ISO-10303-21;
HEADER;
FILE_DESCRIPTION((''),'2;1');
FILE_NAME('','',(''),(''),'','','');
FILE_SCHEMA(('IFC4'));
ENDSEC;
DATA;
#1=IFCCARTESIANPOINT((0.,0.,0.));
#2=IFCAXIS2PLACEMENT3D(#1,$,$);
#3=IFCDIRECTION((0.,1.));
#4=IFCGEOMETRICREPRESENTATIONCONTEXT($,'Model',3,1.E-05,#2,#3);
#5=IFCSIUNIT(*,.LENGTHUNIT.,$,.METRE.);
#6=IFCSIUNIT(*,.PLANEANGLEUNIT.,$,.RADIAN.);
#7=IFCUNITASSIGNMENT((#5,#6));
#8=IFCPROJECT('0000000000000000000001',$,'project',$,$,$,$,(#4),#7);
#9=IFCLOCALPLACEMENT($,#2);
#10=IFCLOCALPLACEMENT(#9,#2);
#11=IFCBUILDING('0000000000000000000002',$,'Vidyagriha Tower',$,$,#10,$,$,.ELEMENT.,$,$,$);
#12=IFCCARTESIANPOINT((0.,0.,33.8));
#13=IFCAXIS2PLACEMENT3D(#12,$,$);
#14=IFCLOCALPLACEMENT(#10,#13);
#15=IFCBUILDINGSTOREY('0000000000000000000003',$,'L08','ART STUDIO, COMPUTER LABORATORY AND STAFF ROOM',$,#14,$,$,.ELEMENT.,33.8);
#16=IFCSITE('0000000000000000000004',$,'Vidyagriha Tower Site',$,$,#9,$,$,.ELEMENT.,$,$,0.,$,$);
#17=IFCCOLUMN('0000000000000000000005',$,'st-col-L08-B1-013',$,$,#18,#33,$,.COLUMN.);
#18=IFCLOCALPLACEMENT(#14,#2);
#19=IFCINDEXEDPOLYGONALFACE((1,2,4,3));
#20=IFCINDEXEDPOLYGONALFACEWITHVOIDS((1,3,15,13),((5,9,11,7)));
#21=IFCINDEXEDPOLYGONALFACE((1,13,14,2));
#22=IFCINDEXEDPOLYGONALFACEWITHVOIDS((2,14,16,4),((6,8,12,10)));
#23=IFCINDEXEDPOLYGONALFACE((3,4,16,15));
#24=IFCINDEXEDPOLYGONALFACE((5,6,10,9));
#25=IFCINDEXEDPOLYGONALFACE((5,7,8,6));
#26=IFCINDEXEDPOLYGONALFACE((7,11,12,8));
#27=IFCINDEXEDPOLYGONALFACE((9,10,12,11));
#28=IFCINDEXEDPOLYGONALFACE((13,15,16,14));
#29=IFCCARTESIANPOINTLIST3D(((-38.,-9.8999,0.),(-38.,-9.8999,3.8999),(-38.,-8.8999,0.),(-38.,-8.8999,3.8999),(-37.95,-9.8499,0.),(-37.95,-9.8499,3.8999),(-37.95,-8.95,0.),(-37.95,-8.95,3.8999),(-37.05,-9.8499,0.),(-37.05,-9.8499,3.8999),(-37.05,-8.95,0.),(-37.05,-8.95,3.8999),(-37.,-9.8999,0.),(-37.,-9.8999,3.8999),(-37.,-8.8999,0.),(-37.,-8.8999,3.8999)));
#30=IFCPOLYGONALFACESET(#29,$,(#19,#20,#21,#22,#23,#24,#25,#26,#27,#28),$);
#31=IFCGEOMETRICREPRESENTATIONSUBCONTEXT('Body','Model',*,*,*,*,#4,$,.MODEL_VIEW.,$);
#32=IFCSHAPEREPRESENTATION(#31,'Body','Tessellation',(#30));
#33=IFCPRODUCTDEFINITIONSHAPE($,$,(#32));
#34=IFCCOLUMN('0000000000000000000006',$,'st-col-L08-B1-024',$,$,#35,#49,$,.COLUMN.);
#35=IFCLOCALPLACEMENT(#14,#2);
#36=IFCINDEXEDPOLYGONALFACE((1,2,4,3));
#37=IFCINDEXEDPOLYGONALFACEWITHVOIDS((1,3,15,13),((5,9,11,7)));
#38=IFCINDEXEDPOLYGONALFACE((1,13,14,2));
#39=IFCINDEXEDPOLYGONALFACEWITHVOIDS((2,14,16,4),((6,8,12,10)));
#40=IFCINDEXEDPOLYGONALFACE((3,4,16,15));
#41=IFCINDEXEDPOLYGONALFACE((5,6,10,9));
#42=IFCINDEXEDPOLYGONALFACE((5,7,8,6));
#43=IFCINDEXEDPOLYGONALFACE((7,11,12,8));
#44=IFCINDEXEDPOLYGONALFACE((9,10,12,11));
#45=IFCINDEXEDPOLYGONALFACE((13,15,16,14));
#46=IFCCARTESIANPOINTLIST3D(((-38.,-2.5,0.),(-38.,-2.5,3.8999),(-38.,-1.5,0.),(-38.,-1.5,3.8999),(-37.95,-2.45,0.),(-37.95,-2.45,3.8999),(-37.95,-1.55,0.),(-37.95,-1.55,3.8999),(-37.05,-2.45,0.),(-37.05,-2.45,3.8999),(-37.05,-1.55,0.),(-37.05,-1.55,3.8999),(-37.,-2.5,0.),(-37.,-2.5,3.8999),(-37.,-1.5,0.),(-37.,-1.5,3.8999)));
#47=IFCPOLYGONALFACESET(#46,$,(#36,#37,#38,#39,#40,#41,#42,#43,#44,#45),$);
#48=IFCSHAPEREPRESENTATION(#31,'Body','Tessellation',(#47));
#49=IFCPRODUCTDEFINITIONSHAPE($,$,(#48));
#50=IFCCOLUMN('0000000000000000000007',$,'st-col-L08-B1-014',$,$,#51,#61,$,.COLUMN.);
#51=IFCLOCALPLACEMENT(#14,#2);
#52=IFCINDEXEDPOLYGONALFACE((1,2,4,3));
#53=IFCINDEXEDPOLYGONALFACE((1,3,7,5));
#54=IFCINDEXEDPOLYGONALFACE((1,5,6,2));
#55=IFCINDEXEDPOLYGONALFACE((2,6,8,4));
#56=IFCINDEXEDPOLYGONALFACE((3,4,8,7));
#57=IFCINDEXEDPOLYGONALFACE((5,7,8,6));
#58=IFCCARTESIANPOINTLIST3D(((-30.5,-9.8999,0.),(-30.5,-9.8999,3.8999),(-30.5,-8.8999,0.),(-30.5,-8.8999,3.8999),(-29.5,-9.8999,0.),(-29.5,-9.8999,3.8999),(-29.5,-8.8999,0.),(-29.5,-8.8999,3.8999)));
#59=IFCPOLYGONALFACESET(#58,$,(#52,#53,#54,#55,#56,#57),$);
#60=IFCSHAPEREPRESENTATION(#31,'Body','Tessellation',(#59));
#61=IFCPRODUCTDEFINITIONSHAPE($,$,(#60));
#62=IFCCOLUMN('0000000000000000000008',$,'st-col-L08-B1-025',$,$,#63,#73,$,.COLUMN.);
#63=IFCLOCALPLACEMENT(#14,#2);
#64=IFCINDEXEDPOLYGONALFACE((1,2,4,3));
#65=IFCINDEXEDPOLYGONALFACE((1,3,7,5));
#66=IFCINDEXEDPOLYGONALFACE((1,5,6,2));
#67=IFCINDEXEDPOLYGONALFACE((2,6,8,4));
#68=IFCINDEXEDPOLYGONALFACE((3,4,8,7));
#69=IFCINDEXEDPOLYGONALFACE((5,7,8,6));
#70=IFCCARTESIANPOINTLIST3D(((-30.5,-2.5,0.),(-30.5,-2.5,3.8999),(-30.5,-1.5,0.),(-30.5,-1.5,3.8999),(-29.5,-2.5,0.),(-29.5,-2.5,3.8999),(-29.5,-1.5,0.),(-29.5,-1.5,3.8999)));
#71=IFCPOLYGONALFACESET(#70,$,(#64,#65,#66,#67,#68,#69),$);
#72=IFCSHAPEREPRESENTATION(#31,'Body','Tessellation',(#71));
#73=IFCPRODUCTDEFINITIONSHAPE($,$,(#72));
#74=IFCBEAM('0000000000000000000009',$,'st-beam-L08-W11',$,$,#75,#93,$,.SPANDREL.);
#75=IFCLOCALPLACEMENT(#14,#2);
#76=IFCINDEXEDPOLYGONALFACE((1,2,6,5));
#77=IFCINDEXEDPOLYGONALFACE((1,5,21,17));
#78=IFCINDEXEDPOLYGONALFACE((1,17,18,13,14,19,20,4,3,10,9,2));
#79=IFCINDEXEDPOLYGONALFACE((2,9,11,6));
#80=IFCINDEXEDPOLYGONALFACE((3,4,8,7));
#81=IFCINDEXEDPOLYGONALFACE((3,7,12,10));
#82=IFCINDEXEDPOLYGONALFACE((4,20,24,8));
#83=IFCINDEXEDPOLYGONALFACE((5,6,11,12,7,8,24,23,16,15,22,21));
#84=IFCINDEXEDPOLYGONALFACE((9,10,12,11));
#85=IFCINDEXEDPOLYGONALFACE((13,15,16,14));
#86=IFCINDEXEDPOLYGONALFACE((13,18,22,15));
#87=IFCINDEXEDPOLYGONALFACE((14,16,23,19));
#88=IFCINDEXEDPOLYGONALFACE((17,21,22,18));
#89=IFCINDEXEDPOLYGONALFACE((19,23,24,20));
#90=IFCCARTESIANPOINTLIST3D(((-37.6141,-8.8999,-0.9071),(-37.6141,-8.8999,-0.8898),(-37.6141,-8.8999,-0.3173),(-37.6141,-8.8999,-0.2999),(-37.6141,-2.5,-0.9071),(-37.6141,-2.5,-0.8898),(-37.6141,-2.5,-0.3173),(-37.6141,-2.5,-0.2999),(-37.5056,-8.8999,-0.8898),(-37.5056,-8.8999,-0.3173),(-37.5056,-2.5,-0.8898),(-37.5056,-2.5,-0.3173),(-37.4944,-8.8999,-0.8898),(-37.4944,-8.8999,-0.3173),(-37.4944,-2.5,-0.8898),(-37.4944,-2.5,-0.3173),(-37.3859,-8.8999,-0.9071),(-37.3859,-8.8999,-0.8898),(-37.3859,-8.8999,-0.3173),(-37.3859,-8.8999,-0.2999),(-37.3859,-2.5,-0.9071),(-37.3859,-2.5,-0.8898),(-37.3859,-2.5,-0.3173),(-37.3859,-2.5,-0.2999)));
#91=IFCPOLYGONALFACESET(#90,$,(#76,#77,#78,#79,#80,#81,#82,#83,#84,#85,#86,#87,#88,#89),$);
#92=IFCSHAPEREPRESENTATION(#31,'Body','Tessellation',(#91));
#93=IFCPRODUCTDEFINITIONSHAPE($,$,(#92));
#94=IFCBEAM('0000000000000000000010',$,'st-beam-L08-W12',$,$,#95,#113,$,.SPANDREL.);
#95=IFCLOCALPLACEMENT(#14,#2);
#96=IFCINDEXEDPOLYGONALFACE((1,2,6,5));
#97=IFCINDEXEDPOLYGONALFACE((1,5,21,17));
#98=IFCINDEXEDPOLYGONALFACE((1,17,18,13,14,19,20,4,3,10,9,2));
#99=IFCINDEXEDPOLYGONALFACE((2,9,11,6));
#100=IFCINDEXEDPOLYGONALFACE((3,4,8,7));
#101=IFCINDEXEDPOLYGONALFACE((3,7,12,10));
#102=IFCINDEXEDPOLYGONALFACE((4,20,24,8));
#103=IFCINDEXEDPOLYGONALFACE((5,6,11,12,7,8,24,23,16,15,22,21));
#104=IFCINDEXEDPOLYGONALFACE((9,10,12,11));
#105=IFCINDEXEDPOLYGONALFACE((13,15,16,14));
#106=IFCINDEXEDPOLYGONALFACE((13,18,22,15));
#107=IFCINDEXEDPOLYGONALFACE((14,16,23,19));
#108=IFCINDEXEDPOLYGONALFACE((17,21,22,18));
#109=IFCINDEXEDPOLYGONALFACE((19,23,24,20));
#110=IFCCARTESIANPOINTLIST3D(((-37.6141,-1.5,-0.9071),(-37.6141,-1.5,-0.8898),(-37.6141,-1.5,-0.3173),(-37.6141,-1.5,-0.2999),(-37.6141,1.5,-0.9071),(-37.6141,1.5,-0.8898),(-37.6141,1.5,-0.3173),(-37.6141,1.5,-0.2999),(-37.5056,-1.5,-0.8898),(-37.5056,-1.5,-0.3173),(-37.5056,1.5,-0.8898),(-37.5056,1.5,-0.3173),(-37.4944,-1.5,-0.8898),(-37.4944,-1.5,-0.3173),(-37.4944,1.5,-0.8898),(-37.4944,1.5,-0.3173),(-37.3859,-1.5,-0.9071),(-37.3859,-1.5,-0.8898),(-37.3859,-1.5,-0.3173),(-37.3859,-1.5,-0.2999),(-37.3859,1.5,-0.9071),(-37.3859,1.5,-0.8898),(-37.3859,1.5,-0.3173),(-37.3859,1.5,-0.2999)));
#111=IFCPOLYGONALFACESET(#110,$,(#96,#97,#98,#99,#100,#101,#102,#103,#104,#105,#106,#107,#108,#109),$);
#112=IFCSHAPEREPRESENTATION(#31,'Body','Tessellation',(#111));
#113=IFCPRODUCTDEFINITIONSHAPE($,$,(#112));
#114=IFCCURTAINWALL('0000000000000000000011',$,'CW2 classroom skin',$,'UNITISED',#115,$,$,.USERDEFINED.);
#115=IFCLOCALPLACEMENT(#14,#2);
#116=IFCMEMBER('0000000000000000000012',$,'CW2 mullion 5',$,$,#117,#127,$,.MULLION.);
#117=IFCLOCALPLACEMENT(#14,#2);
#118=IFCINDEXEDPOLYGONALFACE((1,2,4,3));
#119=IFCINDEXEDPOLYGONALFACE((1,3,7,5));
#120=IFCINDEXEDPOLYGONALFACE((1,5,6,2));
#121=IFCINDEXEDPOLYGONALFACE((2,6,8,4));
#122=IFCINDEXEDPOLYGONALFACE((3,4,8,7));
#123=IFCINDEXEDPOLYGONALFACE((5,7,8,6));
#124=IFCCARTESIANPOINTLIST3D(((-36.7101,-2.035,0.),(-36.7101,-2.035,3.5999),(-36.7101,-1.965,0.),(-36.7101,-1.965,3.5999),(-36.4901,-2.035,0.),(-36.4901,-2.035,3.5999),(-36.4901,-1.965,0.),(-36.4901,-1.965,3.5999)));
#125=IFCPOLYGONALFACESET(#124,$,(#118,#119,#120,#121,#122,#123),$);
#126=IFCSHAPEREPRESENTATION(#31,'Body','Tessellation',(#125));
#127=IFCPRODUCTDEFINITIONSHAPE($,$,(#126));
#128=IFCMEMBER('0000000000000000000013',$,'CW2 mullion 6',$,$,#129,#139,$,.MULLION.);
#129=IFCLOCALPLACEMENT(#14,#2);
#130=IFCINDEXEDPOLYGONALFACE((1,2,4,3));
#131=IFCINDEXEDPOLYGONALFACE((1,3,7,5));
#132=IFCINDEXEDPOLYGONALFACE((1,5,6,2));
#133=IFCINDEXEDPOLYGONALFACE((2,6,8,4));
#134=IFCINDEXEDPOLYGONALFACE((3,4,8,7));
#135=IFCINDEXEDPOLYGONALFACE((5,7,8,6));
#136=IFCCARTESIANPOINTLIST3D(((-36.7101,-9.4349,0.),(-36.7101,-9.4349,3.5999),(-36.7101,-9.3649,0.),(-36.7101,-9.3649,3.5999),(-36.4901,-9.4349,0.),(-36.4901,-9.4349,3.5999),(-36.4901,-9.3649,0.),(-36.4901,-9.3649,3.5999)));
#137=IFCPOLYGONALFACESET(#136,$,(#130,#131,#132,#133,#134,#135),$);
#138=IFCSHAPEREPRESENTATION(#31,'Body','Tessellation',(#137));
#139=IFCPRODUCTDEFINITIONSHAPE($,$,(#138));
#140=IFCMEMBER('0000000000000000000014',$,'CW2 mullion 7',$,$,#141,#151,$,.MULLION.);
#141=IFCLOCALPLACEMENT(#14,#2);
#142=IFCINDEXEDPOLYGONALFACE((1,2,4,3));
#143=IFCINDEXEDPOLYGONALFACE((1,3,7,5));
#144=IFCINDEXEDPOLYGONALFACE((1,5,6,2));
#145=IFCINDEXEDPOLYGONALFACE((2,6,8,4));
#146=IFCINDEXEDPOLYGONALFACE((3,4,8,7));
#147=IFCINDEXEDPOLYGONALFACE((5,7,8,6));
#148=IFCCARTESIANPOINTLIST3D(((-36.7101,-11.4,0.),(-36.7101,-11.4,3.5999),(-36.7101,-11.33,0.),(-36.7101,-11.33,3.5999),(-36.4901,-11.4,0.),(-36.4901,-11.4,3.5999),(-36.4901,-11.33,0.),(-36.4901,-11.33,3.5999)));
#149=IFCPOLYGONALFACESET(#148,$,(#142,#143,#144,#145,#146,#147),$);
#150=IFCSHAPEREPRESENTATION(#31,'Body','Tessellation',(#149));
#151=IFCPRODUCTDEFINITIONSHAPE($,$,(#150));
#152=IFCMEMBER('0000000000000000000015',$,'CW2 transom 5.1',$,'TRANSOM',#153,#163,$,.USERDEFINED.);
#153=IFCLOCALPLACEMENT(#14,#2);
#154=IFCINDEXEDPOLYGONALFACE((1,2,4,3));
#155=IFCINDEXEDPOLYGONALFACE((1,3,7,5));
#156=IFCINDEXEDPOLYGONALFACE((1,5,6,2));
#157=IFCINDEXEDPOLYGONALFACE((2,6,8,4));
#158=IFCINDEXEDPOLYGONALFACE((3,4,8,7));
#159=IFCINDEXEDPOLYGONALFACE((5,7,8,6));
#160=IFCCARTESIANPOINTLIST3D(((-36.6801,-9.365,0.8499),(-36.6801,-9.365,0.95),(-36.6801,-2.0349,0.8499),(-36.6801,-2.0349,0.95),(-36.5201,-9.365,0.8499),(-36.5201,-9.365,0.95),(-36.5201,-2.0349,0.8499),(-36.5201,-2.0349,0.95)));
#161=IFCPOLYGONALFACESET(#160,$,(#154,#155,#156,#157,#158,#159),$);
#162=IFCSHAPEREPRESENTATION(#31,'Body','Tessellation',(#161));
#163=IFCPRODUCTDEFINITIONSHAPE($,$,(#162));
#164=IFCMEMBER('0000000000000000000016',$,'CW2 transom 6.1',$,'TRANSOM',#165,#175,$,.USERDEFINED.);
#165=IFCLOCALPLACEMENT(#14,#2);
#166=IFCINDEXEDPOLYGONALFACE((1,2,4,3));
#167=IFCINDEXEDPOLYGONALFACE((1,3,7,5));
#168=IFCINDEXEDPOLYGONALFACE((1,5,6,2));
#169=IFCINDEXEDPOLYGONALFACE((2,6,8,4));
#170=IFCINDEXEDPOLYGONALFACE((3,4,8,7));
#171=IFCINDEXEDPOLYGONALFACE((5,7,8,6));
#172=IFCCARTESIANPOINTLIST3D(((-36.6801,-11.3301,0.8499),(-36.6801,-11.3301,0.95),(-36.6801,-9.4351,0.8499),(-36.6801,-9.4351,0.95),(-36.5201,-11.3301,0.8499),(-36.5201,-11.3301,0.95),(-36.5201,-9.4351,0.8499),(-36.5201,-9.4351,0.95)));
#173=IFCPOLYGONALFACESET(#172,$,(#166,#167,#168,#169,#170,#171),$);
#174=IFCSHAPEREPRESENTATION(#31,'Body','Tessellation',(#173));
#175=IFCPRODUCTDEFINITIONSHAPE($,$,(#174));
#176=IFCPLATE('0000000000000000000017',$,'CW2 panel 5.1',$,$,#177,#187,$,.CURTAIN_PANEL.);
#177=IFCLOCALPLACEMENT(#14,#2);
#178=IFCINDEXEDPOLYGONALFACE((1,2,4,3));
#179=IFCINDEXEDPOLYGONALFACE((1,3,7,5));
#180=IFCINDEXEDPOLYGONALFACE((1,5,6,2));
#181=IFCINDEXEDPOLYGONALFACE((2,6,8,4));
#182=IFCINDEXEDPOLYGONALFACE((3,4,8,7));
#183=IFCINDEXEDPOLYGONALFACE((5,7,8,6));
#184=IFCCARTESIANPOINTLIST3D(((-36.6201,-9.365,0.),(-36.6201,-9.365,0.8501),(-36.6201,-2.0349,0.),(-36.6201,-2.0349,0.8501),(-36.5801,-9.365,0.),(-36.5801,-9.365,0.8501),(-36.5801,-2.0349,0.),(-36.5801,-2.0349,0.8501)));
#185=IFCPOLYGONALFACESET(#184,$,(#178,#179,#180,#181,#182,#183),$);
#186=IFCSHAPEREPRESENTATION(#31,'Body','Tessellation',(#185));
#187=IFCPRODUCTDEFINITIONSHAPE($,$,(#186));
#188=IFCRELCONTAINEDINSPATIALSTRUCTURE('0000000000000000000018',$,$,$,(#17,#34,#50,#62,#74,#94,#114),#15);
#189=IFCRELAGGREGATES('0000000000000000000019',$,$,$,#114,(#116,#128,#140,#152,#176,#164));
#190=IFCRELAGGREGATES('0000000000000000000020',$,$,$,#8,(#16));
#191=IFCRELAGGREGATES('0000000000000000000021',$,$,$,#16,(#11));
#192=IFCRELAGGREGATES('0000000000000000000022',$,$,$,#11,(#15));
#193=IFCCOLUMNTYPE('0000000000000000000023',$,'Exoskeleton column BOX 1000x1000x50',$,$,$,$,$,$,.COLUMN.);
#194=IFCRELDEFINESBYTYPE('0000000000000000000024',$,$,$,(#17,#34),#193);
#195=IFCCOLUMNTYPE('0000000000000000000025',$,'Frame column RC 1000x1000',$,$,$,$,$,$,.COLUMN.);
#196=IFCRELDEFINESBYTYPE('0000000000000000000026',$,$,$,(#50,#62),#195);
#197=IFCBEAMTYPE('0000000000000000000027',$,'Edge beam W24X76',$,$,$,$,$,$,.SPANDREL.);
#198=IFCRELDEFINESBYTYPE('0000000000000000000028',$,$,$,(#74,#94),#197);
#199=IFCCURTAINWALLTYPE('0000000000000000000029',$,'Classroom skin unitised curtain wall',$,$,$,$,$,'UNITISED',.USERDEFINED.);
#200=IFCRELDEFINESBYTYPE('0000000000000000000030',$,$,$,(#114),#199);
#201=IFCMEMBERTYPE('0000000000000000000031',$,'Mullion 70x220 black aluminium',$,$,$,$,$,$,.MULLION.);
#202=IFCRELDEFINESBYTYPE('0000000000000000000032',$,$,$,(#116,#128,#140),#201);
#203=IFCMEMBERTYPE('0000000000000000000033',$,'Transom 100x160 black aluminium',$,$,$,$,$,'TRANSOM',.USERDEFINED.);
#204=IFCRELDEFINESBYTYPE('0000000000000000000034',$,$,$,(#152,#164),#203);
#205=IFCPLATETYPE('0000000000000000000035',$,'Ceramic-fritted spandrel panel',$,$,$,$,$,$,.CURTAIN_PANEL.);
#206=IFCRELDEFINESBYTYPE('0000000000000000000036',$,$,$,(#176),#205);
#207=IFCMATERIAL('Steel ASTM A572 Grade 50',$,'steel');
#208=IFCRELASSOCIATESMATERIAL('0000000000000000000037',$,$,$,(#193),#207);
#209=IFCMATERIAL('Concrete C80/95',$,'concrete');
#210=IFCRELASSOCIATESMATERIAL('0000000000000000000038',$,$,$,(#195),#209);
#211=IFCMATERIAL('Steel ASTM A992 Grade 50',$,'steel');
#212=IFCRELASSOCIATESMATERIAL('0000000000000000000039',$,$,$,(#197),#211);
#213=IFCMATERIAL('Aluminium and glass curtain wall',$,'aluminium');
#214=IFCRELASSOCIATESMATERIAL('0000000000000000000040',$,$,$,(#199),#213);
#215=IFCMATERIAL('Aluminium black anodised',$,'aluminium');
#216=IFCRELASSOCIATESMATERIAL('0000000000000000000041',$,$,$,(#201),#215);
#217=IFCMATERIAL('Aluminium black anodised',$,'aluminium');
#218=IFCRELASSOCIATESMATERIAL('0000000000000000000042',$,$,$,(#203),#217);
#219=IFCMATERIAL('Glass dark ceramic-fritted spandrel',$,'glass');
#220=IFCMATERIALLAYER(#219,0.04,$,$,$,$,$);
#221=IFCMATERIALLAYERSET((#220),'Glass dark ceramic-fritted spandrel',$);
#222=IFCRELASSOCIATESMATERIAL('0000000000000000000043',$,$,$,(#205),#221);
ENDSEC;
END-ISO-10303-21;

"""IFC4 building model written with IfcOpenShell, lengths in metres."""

from ifc_helpers import new_model, si_unit, direction, frame, origin, origin_2d, place, context, subcontext, project, spatial, rectangle, hollow_rectangle, i_section, extrude, material, layer, layer_set, material_profile, profile_set, type_object, element, aggregate, save


model = new_model("IFC4")

# Units and contexts
model_context = context("Model", 3, precision=1e-05, world=origin(), true_north=direction((0.0, 1.0)))
body_context = subcontext(model_context, "Body", "Model", "MODEL_VIEW")
ifc_project = project(units=[si_unit("LENGTHUNIT", "METRE"), si_unit("PLANEANGLEUNIT", "RADIAN")], contexts=[model_context])

# Site, building, storey
site_placement = place(None, origin())
site = spatial("IfcSite", under=ifc_project, at=site_placement, Name="Vidyagriha Tower Site", CompositionType="ELEMENT", RefElevation=0.0)
building_placement = place(site_placement, origin())
building = spatial("IfcBuilding", under=site, at=building_placement, Name="Vidyagriha Tower", CompositionType="ELEMENT")
storey_placement = place(building_placement, frame((0.0, 0.0, 33.8)))
storey = spatial("IfcBuildingStorey", under=building, at=storey_placement, Name="L08", Description="ART STUDIO, COMPUTER LABORATORY AND STAFF ROOM", CompositionType="ELEMENT", Elevation=33.8)

# Columns
ifc_material_1 = material(Name="Steel ASTM A572 Grade 50", Category="steel")
ifc_material_profile_1 = material_profile(ifc_material_1, hollow_rectangle(XDim=1.0, YDim=1.0, WallThickness=0.05, at=origin_2d()), Name="BOX 1000x1000x50")
ifc_profile_set_1 = profile_set([ifc_material_profile_1], Name="Steel ASTM A572 Grade 50")
column_type_1 = type_object("IfcColumnType", Name="Exoskeleton column BOX 1000x1000x50", PredefinedType="COLUMN", material=ifc_profile_set_1)
for number, where, name in (
    (1, (-37.5, -9.3999, 0.0), "st-col-L08-B1-013"),
    (2, (-37.5, -2.0, 0.0), "st-col-L08-B1-024"),
):
    element("IfcColumn", number, at=place(storey_placement, frame(where)), inside=storey, type_object=column_type_1, Name=name, PredefinedType="COLUMN", context=body_context, shape_type="SweptSolid", body=[
        extrude(hollow_rectangle(XDim=1.0, YDim=1.0, WallThickness=0.05, at=origin_2d()), origin(), (0.0, 0.0, 1.0), 3.8999),
    ])
ifc_material_2 = material(Name="Concrete C80/95", Category="concrete")
ifc_material_profile_2 = material_profile(ifc_material_2, rectangle(XDim=1.0, YDim=1.0, at=origin_2d()), Name="RC 1000x1000")
ifc_profile_set_2 = profile_set([ifc_material_profile_2], Name="Concrete C80/95")
column_type_2 = type_object("IfcColumnType", Name="Frame column RC 1000x1000", PredefinedType="COLUMN", material=ifc_profile_set_2)
for number, where, name in (
    (3, (-30.0, -9.3999, 0.0), "st-col-L08-B1-014"),
    (4, (-30.0, -2.0, 0.0), "st-col-L08-B1-025"),
):
    element("IfcColumn", number, at=place(storey_placement, frame(where)), inside=storey, type_object=column_type_2, Name=name, PredefinedType="COLUMN", context=body_context, shape_type="SweptSolid", body=[
        extrude(rectangle(XDim=1.0, YDim=1.0, at=origin_2d()), origin(), (0.0, 0.0, 1.0), 3.8999),
    ])

# Beams
ifc_material_3 = material(Name="Steel ASTM A992 Grade 50", Category="steel")
ifc_material_profile_3 = material_profile(ifc_material_3, i_section(OverallWidth=0.2283, OverallDepth=0.6072, WebThickness=0.0112, FlangeThickness=0.0173, at=origin_2d()), Name="W24X76")
ifc_profile_set_3 = profile_set([ifc_material_profile_3], Name="Steel ASTM A992 Grade 50")
beam_type = type_object("IfcBeamType", Name="Edge beam W24X76", PredefinedType="SPANDREL", material=ifc_profile_set_3)
beam_1_placement = place(storey_placement, frame((-37.5, -8.8999, -0.6035), z_axis=(0.0, 1.0, 0.0), x_axis=(-1.0, 0.0, 0.0)))
element("IfcBeam", 5, at=beam_1_placement, inside=storey, type_object=beam_type, Name="st-beam-L08-W11", PredefinedType="SPANDREL", context=body_context, shape_type="SweptSolid", body=[
    extrude(i_section(OverallWidth=0.2283, OverallDepth=0.6072, WebThickness=0.0112, FlangeThickness=0.0173, at=origin_2d()), origin(), (0.0, 0.0, 1.0), 6.3999),
])
beam_2_placement = place(storey_placement, frame((-37.5, -1.5, -0.6035), z_axis=(0.0, 1.0, 0.0), x_axis=(-1.0, 0.0, 0.0)))
element("IfcBeam", 6, at=beam_2_placement, inside=storey, type_object=beam_type, Name="st-beam-L08-W12", PredefinedType="SPANDREL", context=body_context, shape_type="SweptSolid", body=[
    extrude(i_section(OverallWidth=0.2283, OverallDepth=0.6072, WebThickness=0.0112, FlangeThickness=0.0173, at=origin_2d()), origin(), (0.0, 0.0, 1.0), 3.0),
])

# Curtain wall, members, plate
ifc_material_4 = material(Name="Aluminium and glass curtain wall", Category="aluminium")
curtain_wall_type = type_object("IfcCurtainWallType", Name="Classroom skin unitised curtain wall", ElementType="UNITISED", PredefinedType="USERDEFINED", material=ifc_material_4)
curtain_wall_placement = place(storey_placement, origin())
curtain_wall = element("IfcCurtainWall", 7, at=curtain_wall_placement, inside=storey, type_object=curtain_wall_type, Name="CW2 classroom skin", ObjectType="UNITISED", PredefinedType="USERDEFINED")
ifc_material_5 = material(Name="Aluminium black anodised", Category="aluminium")
ifc_material_profile_4 = material_profile(ifc_material_5, rectangle(XDim=0.22, YDim=0.0701, at=origin_2d()), Name="Mullion 70x220 black aluminium")
ifc_profile_set_4 = profile_set([ifc_material_profile_4], Name="Aluminium black anodised")
member_type_1 = type_object("IfcMemberType", Name="Mullion 70x220 black aluminium", PredefinedType="MULLION", material=ifc_profile_set_4)
member_1_placement = place(storey_placement, frame((-36.6001, -2.0, 0.0)))
member_1 = element("IfcMember", 8, at=member_1_placement, type_object=member_type_1, Name="CW2 mullion 5", PredefinedType="MULLION", context=body_context, shape_type="SweptSolid", body=[
    extrude(rectangle(XDim=0.22, YDim=0.0701, at=origin_2d()), origin(), (0.0, 0.0, 1.0), 3.5999),
])
member_2_placement = place(storey_placement, frame((-36.6001, -9.3999, 0.0)))
member_2 = element("IfcMember", 9, at=member_2_placement, type_object=member_type_1, Name="CW2 mullion 6", PredefinedType="MULLION", context=body_context, shape_type="SweptSolid", body=[
    extrude(rectangle(XDim=0.22, YDim=0.0701, at=origin_2d()), origin(), (0.0, 0.0, 1.0), 3.5999),
])
member_3_placement = place(storey_placement, frame((-36.6001, -11.365, 0.0)))
member_3 = element("IfcMember", 10, at=member_3_placement, type_object=member_type_1, Name="CW2 mullion 7", PredefinedType="MULLION", context=body_context, shape_type="SweptSolid", body=[
    extrude(rectangle(XDim=0.22, YDim=0.0701, at=origin_2d()), origin(), (0.0, 0.0, 1.0), 3.5999),
])
ifc_material_6 = material(Name="Aluminium black anodised", Category="aluminium")
ifc_material_profile_5 = material_profile(ifc_material_6, rectangle(XDim=0.1599, YDim=0.1001, at=origin_2d()), Name="Transom 100x160 black aluminium")
ifc_profile_set_5 = profile_set([ifc_material_profile_5], Name="Aluminium black anodised")
member_type_2 = type_object("IfcMemberType", Name="Transom 100x160 black aluminium", ElementType="TRANSOM", PredefinedType="USERDEFINED", material=ifc_profile_set_5)
member_4_placement = place(storey_placement, frame((-36.6001, -2.0349, 0.8999), z_axis=(0.0, -1.0, 0.0), x_axis=(1.0, 0.0, 0.0)))
member_4 = element("IfcMember", 11, at=member_4_placement, type_object=member_type_2, Name="CW2 transom 5.1", ObjectType="TRANSOM", PredefinedType="USERDEFINED", context=body_context, shape_type="SweptSolid", body=[
    extrude(rectangle(XDim=0.1599, YDim=0.1001, at=origin_2d()), origin(), (0.0, 0.0, 1.0), 7.3301),
])
member_5_placement = place(storey_placement, frame((-36.6001, -9.4351, 0.8999), z_axis=(0.0, -1.0, 0.0), x_axis=(1.0, 0.0, 0.0)))
member_5 = element("IfcMember", 12, at=member_5_placement, type_object=member_type_2, Name="CW2 transom 6.1", ObjectType="TRANSOM", PredefinedType="USERDEFINED", context=body_context, shape_type="SweptSolid", body=[
    extrude(rectangle(XDim=0.1599, YDim=0.1001, at=origin_2d()), origin(), (0.0, 0.0, 1.0), 1.895),
])
ifc_material_7 = material(Name="Glass dark ceramic-fritted spandrel", Category="glass")
ifc_layer_1 = layer(ifc_material_7, 0.04)
ifc_layer_set_1 = layer_set([ifc_layer_1], Name="Glass dark ceramic-fritted spandrel")
plate_type_1 = type_object("IfcPlateType", Name="Ceramic-fritted spandrel panel", PredefinedType="CURTAIN_PANEL", material=ifc_layer_set_1)
plate_1_placement = place(storey_placement, frame((-36.6001, -5.7, 0.0), z_axis=(0.0, 0.0, 1.0), x_axis=(0.0, -1.0, 0.0)))
plate_1 = element("IfcPlate", 13, at=plate_1_placement, type_object=plate_type_1, Name="CW2 panel 5.1", PredefinedType="CURTAIN_PANEL", context=body_context, shape_type="SweptSolid", body=[
    extrude(rectangle(XDim=7.3301, YDim=0.04, at=origin_2d()), origin(), (0.0, 0.0, 1.0), 0.8501),
])
aggregate(curtain_wall, [member_1, member_2, member_3, member_4, plate_1, member_5])

save(model, "model.ifc")
